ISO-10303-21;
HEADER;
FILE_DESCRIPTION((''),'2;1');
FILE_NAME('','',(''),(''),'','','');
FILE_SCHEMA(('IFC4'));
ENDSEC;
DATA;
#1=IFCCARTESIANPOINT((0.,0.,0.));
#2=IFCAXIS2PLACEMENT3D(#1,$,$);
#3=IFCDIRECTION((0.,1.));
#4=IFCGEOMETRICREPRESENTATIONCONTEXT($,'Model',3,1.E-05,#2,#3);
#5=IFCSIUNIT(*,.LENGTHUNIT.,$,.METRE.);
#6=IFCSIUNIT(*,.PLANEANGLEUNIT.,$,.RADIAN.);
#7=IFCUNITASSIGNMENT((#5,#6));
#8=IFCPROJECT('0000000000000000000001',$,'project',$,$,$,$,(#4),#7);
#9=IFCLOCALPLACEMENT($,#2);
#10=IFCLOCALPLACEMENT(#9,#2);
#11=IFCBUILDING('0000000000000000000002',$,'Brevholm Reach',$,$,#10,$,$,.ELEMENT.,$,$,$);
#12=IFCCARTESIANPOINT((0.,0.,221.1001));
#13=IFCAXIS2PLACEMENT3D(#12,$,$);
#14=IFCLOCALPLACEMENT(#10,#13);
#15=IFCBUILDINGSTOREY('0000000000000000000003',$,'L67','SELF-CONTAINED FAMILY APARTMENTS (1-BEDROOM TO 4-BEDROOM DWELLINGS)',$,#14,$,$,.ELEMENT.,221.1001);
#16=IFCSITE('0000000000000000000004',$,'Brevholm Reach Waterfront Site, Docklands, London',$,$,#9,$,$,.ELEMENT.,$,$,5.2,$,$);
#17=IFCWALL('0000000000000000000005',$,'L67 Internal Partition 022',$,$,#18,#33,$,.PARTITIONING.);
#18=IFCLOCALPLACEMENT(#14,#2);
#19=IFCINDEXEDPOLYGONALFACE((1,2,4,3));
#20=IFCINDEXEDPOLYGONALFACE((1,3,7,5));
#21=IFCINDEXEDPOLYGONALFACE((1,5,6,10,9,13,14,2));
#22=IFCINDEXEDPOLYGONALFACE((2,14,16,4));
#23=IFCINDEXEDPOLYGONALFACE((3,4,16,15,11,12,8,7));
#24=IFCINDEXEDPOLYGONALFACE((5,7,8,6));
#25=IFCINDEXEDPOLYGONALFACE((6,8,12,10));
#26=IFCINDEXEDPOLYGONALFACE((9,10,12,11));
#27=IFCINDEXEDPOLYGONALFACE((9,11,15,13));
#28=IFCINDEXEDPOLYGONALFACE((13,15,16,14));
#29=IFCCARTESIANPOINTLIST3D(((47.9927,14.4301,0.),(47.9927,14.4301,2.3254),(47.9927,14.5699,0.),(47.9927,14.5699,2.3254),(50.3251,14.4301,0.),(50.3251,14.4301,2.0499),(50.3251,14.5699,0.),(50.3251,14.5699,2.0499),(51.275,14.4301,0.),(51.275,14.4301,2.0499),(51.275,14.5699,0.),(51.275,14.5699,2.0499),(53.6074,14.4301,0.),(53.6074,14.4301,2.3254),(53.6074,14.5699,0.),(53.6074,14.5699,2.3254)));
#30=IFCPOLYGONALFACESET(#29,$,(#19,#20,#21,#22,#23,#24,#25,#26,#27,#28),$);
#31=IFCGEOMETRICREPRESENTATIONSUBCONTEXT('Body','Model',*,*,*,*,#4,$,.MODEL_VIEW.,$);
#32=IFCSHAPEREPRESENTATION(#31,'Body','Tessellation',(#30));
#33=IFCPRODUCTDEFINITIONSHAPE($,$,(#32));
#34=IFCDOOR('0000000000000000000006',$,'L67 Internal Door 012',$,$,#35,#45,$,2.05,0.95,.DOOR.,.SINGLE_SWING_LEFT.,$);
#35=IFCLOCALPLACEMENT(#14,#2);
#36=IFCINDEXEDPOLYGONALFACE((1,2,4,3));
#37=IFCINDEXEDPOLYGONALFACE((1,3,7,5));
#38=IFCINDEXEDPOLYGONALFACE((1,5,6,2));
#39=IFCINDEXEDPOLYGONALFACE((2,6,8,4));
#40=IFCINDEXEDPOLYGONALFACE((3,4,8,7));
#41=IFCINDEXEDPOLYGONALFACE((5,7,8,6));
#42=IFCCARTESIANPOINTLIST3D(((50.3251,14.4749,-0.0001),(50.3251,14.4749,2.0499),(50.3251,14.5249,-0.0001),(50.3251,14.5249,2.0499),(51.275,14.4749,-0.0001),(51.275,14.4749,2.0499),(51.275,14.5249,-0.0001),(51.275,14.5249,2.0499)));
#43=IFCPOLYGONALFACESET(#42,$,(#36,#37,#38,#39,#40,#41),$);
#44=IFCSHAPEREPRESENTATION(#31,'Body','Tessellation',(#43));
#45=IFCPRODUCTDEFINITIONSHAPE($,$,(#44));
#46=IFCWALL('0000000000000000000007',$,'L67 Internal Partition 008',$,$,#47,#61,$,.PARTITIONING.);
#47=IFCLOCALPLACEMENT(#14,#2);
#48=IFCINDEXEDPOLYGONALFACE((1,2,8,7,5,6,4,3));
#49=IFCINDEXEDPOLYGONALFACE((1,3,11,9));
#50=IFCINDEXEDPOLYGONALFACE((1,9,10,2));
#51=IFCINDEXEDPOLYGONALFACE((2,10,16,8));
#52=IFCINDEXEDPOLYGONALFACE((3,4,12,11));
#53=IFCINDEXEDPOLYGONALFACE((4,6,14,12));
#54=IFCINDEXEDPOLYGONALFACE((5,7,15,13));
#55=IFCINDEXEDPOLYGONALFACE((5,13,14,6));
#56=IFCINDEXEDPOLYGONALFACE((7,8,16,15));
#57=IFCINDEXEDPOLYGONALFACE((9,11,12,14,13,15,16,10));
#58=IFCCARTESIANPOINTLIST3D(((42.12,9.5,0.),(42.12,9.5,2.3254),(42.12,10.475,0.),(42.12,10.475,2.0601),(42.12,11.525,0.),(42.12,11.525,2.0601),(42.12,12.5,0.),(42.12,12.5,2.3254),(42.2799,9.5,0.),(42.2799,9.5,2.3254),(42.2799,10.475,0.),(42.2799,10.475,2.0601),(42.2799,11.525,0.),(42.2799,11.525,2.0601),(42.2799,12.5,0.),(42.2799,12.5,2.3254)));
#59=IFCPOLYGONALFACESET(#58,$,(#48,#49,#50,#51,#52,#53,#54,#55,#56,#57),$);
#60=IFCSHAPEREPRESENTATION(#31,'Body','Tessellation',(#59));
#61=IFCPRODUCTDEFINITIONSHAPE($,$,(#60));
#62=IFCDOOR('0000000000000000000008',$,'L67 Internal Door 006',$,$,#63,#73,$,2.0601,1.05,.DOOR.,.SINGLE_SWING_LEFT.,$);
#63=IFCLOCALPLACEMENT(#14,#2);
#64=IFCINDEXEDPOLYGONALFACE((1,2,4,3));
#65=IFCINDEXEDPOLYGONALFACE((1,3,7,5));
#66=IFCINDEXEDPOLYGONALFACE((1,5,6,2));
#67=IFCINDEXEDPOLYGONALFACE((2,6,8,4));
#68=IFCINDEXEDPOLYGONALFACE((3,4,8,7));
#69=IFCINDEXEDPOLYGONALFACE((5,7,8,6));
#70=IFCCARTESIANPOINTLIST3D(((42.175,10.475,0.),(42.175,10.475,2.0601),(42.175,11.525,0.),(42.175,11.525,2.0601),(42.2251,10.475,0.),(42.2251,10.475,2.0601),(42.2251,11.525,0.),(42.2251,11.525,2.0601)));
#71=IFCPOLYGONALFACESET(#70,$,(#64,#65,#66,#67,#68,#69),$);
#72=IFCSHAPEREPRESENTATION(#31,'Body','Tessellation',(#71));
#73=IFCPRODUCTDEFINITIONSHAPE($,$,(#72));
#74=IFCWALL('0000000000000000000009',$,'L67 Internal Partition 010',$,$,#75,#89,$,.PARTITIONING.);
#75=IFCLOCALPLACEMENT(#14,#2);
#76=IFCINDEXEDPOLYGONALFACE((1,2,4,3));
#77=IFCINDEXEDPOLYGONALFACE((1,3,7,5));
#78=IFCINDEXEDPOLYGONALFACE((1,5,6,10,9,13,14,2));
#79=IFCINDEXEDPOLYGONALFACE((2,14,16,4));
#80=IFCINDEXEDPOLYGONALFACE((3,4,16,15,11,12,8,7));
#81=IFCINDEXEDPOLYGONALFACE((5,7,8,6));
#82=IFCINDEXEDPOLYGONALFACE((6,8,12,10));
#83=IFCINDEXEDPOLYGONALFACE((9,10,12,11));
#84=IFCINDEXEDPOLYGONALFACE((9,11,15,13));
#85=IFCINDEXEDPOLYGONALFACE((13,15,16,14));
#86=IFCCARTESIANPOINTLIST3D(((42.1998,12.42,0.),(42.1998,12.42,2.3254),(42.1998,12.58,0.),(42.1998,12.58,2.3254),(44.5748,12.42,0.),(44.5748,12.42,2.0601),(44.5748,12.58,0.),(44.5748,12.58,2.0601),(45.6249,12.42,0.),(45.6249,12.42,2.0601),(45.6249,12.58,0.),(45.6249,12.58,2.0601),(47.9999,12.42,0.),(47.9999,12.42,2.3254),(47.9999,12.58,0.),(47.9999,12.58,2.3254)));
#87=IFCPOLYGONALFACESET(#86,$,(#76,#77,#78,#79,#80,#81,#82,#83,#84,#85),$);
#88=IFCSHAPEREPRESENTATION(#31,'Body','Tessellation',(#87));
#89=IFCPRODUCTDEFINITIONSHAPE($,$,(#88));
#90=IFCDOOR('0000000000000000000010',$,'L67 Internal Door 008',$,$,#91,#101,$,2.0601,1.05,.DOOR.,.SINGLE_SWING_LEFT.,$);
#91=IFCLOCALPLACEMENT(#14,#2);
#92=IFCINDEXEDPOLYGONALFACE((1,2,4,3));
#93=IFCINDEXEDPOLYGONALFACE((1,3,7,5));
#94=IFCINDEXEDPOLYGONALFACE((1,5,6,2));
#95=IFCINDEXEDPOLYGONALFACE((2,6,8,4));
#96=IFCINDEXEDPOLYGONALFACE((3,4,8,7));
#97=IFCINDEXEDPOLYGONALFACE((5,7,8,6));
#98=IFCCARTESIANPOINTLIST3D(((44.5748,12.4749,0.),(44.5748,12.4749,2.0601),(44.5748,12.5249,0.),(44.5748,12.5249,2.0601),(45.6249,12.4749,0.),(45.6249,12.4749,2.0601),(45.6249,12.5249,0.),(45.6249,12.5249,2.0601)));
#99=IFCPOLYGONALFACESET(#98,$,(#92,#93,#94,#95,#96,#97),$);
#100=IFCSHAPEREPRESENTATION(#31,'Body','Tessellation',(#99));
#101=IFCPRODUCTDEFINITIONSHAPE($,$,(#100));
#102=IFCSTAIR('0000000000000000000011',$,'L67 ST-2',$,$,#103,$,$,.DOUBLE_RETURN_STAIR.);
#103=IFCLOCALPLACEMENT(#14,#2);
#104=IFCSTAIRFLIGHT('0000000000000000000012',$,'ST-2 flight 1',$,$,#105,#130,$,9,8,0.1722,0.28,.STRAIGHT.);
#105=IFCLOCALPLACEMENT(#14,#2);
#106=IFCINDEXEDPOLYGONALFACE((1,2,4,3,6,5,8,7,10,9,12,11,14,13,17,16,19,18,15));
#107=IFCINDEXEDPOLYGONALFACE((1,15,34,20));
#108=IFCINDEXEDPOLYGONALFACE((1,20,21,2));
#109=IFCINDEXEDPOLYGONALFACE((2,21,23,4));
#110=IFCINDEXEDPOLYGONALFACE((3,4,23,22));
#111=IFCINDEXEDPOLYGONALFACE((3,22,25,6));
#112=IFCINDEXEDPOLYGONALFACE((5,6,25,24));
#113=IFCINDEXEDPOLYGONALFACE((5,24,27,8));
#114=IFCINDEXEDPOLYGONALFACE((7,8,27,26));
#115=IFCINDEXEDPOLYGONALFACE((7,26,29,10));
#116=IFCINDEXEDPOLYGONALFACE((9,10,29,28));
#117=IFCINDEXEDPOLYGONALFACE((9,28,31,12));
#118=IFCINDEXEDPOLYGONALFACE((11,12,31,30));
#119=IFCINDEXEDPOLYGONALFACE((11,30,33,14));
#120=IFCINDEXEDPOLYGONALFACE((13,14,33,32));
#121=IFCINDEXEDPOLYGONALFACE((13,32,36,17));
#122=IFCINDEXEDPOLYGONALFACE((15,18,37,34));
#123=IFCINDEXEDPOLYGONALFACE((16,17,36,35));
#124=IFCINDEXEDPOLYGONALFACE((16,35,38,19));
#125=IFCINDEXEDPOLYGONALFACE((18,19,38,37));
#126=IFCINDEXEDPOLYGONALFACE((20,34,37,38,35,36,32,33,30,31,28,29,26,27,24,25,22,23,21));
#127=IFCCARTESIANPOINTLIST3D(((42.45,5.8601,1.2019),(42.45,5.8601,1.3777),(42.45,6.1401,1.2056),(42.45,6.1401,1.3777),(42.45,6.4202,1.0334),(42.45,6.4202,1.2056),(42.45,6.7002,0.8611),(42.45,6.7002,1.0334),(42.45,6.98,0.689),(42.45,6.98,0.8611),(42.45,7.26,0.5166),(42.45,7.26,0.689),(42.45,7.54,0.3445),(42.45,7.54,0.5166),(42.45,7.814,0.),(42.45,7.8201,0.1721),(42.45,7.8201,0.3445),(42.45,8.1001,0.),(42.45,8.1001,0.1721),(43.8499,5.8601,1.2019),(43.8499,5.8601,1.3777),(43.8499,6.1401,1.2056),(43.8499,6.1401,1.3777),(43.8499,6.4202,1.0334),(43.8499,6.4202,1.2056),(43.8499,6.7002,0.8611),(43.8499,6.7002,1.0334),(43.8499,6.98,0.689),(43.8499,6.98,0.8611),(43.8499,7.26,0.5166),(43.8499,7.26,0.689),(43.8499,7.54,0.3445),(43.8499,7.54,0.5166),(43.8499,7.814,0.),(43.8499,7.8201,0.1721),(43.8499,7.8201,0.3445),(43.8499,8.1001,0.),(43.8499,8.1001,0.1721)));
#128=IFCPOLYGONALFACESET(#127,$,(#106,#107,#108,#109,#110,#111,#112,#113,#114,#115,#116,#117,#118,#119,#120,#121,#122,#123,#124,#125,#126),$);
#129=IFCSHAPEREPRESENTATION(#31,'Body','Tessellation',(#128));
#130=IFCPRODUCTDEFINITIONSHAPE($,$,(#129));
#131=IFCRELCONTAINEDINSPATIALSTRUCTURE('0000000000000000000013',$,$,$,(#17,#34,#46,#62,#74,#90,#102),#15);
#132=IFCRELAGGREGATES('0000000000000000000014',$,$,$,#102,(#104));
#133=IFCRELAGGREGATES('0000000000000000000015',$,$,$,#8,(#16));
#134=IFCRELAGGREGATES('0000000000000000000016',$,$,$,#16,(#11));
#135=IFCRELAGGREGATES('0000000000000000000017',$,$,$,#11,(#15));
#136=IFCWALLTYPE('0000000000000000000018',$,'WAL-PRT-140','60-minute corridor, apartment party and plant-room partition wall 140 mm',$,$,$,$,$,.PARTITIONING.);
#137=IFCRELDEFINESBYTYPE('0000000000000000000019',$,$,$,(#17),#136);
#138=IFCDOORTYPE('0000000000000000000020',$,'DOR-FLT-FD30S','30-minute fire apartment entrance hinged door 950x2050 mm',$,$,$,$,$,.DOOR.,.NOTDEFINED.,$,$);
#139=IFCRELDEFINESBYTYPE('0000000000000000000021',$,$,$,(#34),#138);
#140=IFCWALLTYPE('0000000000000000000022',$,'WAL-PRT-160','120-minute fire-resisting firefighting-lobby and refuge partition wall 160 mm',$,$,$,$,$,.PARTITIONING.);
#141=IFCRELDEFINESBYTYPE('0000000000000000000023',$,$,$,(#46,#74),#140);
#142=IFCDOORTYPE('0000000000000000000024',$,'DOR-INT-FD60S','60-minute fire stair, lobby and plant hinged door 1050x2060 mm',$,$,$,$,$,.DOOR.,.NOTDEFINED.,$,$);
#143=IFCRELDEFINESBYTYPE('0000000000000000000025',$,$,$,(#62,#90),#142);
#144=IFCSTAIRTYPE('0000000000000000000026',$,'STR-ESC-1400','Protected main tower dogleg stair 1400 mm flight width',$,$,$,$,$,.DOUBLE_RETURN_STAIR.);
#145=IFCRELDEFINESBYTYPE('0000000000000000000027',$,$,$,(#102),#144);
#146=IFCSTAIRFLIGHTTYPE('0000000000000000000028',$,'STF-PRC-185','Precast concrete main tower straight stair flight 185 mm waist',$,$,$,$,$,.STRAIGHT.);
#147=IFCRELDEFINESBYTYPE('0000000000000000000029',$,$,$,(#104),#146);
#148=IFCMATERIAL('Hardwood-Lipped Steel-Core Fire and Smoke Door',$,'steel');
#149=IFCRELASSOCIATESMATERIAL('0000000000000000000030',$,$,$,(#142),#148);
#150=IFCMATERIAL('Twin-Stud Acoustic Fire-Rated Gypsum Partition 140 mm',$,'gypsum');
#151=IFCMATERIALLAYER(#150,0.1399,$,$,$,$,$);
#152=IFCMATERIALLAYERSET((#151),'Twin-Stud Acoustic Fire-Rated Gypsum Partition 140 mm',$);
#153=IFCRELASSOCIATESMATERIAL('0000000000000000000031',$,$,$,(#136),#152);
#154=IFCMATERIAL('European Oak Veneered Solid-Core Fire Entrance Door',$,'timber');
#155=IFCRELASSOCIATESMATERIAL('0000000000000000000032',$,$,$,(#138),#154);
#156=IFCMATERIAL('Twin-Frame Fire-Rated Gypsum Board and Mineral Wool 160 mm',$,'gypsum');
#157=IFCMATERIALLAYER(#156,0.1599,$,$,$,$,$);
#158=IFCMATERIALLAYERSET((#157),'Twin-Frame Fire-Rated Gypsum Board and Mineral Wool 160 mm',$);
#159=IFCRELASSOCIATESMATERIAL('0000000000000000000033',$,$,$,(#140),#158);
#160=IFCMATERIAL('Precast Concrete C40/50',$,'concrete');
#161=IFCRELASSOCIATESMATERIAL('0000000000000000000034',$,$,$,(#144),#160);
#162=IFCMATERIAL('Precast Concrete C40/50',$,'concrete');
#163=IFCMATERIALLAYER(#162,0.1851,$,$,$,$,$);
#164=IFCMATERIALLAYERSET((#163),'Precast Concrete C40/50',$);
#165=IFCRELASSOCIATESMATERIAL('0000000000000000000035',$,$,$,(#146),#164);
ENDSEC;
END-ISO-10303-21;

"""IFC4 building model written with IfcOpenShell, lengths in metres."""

from ifc_helpers import new_model, si_unit, direction, frame, frame_2d, origin, place, context, subcontext, project, spatial, polyline, rectangle, outline, extrude, material, layer, layer_set, type_object, element, fill, aggregate, save


model = new_model("IFC4")

# Units and contexts
model_context = context("Model", 3, precision=1e-05, world=origin(), true_north=direction((0.0, 1.0)))
body_context = subcontext(model_context, "Body", "Model", "MODEL_VIEW")
ifc_project = project(units=[si_unit("LENGTHUNIT", "METRE"), si_unit("PLANEANGLEUNIT", "RADIAN")], contexts=[model_context])

# Site, building, storey
site_placement = place(None, origin())
site = spatial("IfcSite", under=ifc_project, at=site_placement, Name="Brevholm Reach Waterfront Site, Docklands, London", CompositionType="ELEMENT", RefElevation=5.2)
building_placement = place(site_placement, origin())
building = spatial("IfcBuilding", under=site, at=building_placement, Name="Brevholm Reach", CompositionType="ELEMENT")
storey_placement = place(building_placement, frame((0.0, 0.0, 221.1001)))
storey = spatial("IfcBuildingStorey", under=building, at=storey_placement, Name="L67", Description="SELF-CONTAINED FAMILY APARTMENTS (1-BEDROOM TO 4-BEDROOM DWELLINGS)", CompositionType="ELEMENT", Elevation=221.1001)

# Shared definitions
ifc_material_1 = material(Name="Hardwood-Lipped Steel-Core Fire and Smoke Door", Category="steel")
door_type_1 = type_object("IfcDoorType", Name="DOR-INT-FD60S", Description="60-minute fire stair, lobby and plant hinged door 1050x2060 mm", OperationType="NOTDEFINED", PredefinedType="DOOR", material=ifc_material_1)

# Shared definitions
ifc_material_2 = material(Name="Twin-Stud Acoustic Fire-Rated Gypsum Partition 140 mm", Category="gypsum")
ifc_layer_1 = layer(ifc_material_2, 0.1399)
ifc_layer_set_1 = layer_set([ifc_layer_1], Name="Twin-Stud Acoustic Fire-Rated Gypsum Partition 140 mm")
wall_type_1 = type_object("IfcWallType", Name="WAL-PRT-140", Description="60-minute corridor, apartment party and plant-room partition wall 140 mm", PredefinedType="PARTITIONING", material=ifc_layer_set_1)

# Walls, openings, doors
ifc_material_3 = material(Name="European Oak Veneered Solid-Core Fire Entrance Door", Category="timber")
door_type_2 = type_object("IfcDoorType", Name="DOR-FLT-FD30S", Description="30-minute fire apartment entrance hinged door 950x2050 mm", OperationType="NOTDEFINED", PredefinedType="DOOR", material=ifc_material_3)
wall_1_placement = place(storey_placement, frame((47.9927, 14.5, 0.0), z_axis=(0.0, 0.0, 1.0), x_axis=(1.0, 0.0, 0.0)))
wall_1 = element("IfcWall", 1, at=wall_1_placement, inside=storey, type_object=wall_type_1, Name="L67 Internal Partition 022", PredefinedType="PARTITIONING", context=body_context, shape_type="SweptSolid", body=[
    extrude(rectangle(XDim=5.6147, YDim=0.1399, at=frame_2d((2.8074, 0.0))), origin(), (0.0, 0.0, 1.0), 2.3254),
])
opening_1_placement = place(wall_1_placement, frame((2.3323, 0.0, 0.0)))
opening_1 = element("IfcOpeningElement", 2, at=opening_1_placement, cuts=wall_1, PredefinedType="OPENING", context=body_context, shape_type="SweptSolid", body=[
    extrude(rectangle(XDim=0.95, YDim=2.05, at=frame_2d((0.4751, 1.0249))), frame((0.0, 0.0798, 0.0), z_axis=(0.0, -1.0, 0.0), x_axis=(1.0, 0.0, 0.0)), (0.0, 0.0, 1.0), 0.1599),
])
door_1_placement = place(opening_1_placement, origin())
door_1 = element("IfcDoor", 3, at=door_1_placement, inside=storey, type_object=door_type_2, Name="L67 Internal Door 012", OperationType="SINGLE_SWING_LEFT", OverallHeight=2.05, OverallWidth=0.95, PredefinedType="DOOR", context=body_context, shape_type="SweptSolid", body=[
    extrude(rectangle(XDim=0.95, YDim=2.05, at=frame_2d((0.4751, 1.0249))), frame((0.0, 0.0249, 0.0), z_axis=(0.0, -1.0, 0.0), x_axis=(1.0, 0.0, 0.0)), (0.0, 0.0, 1.0), 0.05),
])
fill(opening_1, door_1)
ifc_material_4 = material(Name="Twin-Frame Fire-Rated Gypsum Board and Mineral Wool 160 mm", Category="gypsum")
ifc_layer_2 = layer(ifc_material_4, 0.1599)
ifc_layer_set_2 = layer_set([ifc_layer_2], Name="Twin-Frame Fire-Rated Gypsum Board and Mineral Wool 160 mm")
wall_type_2 = type_object("IfcWallType", Name="WAL-PRT-160", Description="120-minute fire-resisting firefighting-lobby and refuge partition wall 160 mm", PredefinedType="PARTITIONING", material=ifc_layer_set_2)
wall_2_placement = place(storey_placement, frame((42.2, 9.5, 0.0), z_axis=(0.0, 0.0, 1.0), x_axis=(0.0, 1.0, 0.0)))
wall_2 = element("IfcWall", 4, at=wall_2_placement, inside=storey, type_object=wall_type_2, Name="L67 Internal Partition 008", PredefinedType="PARTITIONING", context=body_context, shape_type="SweptSolid", body=[
    extrude(rectangle(XDim=3.0, YDim=0.1599, at=frame_2d((1.5, 0.0))), origin(), (0.0, 0.0, 1.0), 2.3254),
])
opening_2_placement = place(wall_2_placement, frame((0.9751, 0.0, 0.0)))
opening_2 = element("IfcOpeningElement", 5, at=opening_2_placement, cuts=wall_2, PredefinedType="OPENING", context=body_context, shape_type="SweptSolid", body=[
    extrude(rectangle(XDim=1.05, YDim=2.0601, at=frame_2d((0.5249, 1.03))), frame((0.0, 0.0898, 0.0), z_axis=(0.0, -1.0, 0.0), x_axis=(1.0, 0.0, 0.0)), (0.0, 0.0, 1.0), 0.1799),
])
door_2_placement = place(opening_2_placement, origin())
door_2 = element("IfcDoor", 6, at=door_2_placement, inside=storey, type_object=door_type_1, Name="L67 Internal Door 006", OperationType="SINGLE_SWING_LEFT", OverallHeight=2.0601, OverallWidth=1.05, PredefinedType="DOOR", context=body_context, shape_type="SweptSolid", body=[
    extrude(rectangle(XDim=1.05, YDim=2.0601, at=frame_2d((0.5249, 1.03))), frame((0.0, 0.0249, 0.0), z_axis=(0.0, -1.0, 0.0), x_axis=(1.0, 0.0, 0.0)), (0.0, 0.0, 1.0), 0.05),
])
fill(opening_2, door_2)
wall_3_placement = place(storey_placement, frame((42.2, 12.5, 0.0), z_axis=(0.0, 0.0, 1.0), x_axis=(1.0, 0.0, 0.0)))
wall_3 = element("IfcWall", 7, at=wall_3_placement, inside=storey, type_object=wall_type_2, Name="L67 Internal Partition 010", PredefinedType="PARTITIONING", context=body_context, shape_type="SweptSolid", body=[
    extrude(rectangle(XDim=5.8, YDim=0.1599, at=frame_2d((2.8999, 0.0))), origin(), (0.0, 0.0, 1.0), 2.3254),
])
opening_3_placement = place(wall_3_placement, frame((2.375, 0.0, 0.0)))
opening_3 = element("IfcOpeningElement", 8, at=opening_3_placement, cuts=wall_3, PredefinedType="OPENING", context=body_context, shape_type="SweptSolid", body=[
    extrude(rectangle(XDim=1.05, YDim=2.0601, at=frame_2d((0.5249, 1.03))), frame((0.0, 0.0898, 0.0), z_axis=(0.0, -1.0, 0.0), x_axis=(1.0, 0.0, 0.0)), (0.0, 0.0, 1.0), 0.1799),
])
door_3_placement = place(opening_3_placement, origin())
door_3 = element("IfcDoor", 9, at=door_3_placement, inside=storey, type_object=door_type_1, Name="L67 Internal Door 008", OperationType="SINGLE_SWING_LEFT", OverallHeight=2.0601, OverallWidth=1.05, PredefinedType="DOOR", context=body_context, shape_type="SweptSolid", body=[
    extrude(rectangle(XDim=1.05, YDim=2.0601, at=frame_2d((0.5249, 1.03))), frame((0.0, 0.0249, 0.0), z_axis=(0.0, -1.0, 0.0), x_axis=(1.0, 0.0, 0.0)), (0.0, 0.0, 1.0), 0.05),
])
fill(opening_3, door_3)

# Stair, stair flight
ifc_material_5 = material(Name="Precast Concrete C40/50", Category="concrete")
stair_type = type_object("IfcStairType", Name="STR-ESC-1400", Description="Protected main tower dogleg stair 1400 mm flight width", PredefinedType="DOUBLE_RETURN_STAIR", material=ifc_material_5)
stair_placement = place(storey_placement, origin())
stair = element("IfcStair", 10, at=stair_placement, inside=storey, type_object=stair_type, Name="L67 ST-2", PredefinedType="DOUBLE_RETURN_STAIR")
ifc_material_6 = material(Name="Precast Concrete C40/50", Category="concrete")
ifc_layer_3 = layer(ifc_material_6, 0.1851)
ifc_layer_set_3 = layer_set([ifc_layer_3], Name="Precast Concrete C40/50")
stair_flight_type = type_object("IfcStairFlightType", Name="STF-PRC-185", Description="Precast concrete main tower straight stair flight 185 mm waist", PredefinedType="STRAIGHT", material=ifc_layer_set_3)
stair_flight_placement = place(storey_placement, frame((43.1499, 8.1001, 0.0), z_axis=(0.0, 0.0, 1.0), x_axis=(0.0, -1.0, 0.0)))
stair_flight = element("IfcStairFlight", 11, at=stair_flight_placement, type_object=stair_flight_type, Name="ST-2 flight 1", NumberOfRisers=9, NumberOfTreads=8, PredefinedType="STRAIGHT", RiserHeight=0.1722, TreadLength=0.28, context=body_context, shape_type="SweptSolid", body=[
    extrude(outline(polyline([(0.0, 0.0), (0.0, 0.1721), (0.28, 0.1721), (0.28, 0.3445), (0.5601, 0.3445), (0.5601, 0.5166), (0.8401, 0.5166), (0.8401, 0.689), (1.1201, 0.689), (1.1201, 0.8611), (1.3999, 0.8611), (1.3999, 1.0334), (1.6799, 1.0334), (1.6799, 1.2056), (1.96, 1.2056), (1.96, 1.3777), (2.24, 1.3777), (2.24, 1.55), (2.24, 1.2019), (0.2861, 0.0), (0.0, 0.0)])), frame((0.0, 0.7, 0.0), z_axis=(0.0, -1.0, 0.0), x_axis=(1.0, 0.0, 0.0)), (0.0, 0.0, 1.0), 1.3999),
])
aggregate(stair, [stair_flight])

save(model, "model.ifc")
